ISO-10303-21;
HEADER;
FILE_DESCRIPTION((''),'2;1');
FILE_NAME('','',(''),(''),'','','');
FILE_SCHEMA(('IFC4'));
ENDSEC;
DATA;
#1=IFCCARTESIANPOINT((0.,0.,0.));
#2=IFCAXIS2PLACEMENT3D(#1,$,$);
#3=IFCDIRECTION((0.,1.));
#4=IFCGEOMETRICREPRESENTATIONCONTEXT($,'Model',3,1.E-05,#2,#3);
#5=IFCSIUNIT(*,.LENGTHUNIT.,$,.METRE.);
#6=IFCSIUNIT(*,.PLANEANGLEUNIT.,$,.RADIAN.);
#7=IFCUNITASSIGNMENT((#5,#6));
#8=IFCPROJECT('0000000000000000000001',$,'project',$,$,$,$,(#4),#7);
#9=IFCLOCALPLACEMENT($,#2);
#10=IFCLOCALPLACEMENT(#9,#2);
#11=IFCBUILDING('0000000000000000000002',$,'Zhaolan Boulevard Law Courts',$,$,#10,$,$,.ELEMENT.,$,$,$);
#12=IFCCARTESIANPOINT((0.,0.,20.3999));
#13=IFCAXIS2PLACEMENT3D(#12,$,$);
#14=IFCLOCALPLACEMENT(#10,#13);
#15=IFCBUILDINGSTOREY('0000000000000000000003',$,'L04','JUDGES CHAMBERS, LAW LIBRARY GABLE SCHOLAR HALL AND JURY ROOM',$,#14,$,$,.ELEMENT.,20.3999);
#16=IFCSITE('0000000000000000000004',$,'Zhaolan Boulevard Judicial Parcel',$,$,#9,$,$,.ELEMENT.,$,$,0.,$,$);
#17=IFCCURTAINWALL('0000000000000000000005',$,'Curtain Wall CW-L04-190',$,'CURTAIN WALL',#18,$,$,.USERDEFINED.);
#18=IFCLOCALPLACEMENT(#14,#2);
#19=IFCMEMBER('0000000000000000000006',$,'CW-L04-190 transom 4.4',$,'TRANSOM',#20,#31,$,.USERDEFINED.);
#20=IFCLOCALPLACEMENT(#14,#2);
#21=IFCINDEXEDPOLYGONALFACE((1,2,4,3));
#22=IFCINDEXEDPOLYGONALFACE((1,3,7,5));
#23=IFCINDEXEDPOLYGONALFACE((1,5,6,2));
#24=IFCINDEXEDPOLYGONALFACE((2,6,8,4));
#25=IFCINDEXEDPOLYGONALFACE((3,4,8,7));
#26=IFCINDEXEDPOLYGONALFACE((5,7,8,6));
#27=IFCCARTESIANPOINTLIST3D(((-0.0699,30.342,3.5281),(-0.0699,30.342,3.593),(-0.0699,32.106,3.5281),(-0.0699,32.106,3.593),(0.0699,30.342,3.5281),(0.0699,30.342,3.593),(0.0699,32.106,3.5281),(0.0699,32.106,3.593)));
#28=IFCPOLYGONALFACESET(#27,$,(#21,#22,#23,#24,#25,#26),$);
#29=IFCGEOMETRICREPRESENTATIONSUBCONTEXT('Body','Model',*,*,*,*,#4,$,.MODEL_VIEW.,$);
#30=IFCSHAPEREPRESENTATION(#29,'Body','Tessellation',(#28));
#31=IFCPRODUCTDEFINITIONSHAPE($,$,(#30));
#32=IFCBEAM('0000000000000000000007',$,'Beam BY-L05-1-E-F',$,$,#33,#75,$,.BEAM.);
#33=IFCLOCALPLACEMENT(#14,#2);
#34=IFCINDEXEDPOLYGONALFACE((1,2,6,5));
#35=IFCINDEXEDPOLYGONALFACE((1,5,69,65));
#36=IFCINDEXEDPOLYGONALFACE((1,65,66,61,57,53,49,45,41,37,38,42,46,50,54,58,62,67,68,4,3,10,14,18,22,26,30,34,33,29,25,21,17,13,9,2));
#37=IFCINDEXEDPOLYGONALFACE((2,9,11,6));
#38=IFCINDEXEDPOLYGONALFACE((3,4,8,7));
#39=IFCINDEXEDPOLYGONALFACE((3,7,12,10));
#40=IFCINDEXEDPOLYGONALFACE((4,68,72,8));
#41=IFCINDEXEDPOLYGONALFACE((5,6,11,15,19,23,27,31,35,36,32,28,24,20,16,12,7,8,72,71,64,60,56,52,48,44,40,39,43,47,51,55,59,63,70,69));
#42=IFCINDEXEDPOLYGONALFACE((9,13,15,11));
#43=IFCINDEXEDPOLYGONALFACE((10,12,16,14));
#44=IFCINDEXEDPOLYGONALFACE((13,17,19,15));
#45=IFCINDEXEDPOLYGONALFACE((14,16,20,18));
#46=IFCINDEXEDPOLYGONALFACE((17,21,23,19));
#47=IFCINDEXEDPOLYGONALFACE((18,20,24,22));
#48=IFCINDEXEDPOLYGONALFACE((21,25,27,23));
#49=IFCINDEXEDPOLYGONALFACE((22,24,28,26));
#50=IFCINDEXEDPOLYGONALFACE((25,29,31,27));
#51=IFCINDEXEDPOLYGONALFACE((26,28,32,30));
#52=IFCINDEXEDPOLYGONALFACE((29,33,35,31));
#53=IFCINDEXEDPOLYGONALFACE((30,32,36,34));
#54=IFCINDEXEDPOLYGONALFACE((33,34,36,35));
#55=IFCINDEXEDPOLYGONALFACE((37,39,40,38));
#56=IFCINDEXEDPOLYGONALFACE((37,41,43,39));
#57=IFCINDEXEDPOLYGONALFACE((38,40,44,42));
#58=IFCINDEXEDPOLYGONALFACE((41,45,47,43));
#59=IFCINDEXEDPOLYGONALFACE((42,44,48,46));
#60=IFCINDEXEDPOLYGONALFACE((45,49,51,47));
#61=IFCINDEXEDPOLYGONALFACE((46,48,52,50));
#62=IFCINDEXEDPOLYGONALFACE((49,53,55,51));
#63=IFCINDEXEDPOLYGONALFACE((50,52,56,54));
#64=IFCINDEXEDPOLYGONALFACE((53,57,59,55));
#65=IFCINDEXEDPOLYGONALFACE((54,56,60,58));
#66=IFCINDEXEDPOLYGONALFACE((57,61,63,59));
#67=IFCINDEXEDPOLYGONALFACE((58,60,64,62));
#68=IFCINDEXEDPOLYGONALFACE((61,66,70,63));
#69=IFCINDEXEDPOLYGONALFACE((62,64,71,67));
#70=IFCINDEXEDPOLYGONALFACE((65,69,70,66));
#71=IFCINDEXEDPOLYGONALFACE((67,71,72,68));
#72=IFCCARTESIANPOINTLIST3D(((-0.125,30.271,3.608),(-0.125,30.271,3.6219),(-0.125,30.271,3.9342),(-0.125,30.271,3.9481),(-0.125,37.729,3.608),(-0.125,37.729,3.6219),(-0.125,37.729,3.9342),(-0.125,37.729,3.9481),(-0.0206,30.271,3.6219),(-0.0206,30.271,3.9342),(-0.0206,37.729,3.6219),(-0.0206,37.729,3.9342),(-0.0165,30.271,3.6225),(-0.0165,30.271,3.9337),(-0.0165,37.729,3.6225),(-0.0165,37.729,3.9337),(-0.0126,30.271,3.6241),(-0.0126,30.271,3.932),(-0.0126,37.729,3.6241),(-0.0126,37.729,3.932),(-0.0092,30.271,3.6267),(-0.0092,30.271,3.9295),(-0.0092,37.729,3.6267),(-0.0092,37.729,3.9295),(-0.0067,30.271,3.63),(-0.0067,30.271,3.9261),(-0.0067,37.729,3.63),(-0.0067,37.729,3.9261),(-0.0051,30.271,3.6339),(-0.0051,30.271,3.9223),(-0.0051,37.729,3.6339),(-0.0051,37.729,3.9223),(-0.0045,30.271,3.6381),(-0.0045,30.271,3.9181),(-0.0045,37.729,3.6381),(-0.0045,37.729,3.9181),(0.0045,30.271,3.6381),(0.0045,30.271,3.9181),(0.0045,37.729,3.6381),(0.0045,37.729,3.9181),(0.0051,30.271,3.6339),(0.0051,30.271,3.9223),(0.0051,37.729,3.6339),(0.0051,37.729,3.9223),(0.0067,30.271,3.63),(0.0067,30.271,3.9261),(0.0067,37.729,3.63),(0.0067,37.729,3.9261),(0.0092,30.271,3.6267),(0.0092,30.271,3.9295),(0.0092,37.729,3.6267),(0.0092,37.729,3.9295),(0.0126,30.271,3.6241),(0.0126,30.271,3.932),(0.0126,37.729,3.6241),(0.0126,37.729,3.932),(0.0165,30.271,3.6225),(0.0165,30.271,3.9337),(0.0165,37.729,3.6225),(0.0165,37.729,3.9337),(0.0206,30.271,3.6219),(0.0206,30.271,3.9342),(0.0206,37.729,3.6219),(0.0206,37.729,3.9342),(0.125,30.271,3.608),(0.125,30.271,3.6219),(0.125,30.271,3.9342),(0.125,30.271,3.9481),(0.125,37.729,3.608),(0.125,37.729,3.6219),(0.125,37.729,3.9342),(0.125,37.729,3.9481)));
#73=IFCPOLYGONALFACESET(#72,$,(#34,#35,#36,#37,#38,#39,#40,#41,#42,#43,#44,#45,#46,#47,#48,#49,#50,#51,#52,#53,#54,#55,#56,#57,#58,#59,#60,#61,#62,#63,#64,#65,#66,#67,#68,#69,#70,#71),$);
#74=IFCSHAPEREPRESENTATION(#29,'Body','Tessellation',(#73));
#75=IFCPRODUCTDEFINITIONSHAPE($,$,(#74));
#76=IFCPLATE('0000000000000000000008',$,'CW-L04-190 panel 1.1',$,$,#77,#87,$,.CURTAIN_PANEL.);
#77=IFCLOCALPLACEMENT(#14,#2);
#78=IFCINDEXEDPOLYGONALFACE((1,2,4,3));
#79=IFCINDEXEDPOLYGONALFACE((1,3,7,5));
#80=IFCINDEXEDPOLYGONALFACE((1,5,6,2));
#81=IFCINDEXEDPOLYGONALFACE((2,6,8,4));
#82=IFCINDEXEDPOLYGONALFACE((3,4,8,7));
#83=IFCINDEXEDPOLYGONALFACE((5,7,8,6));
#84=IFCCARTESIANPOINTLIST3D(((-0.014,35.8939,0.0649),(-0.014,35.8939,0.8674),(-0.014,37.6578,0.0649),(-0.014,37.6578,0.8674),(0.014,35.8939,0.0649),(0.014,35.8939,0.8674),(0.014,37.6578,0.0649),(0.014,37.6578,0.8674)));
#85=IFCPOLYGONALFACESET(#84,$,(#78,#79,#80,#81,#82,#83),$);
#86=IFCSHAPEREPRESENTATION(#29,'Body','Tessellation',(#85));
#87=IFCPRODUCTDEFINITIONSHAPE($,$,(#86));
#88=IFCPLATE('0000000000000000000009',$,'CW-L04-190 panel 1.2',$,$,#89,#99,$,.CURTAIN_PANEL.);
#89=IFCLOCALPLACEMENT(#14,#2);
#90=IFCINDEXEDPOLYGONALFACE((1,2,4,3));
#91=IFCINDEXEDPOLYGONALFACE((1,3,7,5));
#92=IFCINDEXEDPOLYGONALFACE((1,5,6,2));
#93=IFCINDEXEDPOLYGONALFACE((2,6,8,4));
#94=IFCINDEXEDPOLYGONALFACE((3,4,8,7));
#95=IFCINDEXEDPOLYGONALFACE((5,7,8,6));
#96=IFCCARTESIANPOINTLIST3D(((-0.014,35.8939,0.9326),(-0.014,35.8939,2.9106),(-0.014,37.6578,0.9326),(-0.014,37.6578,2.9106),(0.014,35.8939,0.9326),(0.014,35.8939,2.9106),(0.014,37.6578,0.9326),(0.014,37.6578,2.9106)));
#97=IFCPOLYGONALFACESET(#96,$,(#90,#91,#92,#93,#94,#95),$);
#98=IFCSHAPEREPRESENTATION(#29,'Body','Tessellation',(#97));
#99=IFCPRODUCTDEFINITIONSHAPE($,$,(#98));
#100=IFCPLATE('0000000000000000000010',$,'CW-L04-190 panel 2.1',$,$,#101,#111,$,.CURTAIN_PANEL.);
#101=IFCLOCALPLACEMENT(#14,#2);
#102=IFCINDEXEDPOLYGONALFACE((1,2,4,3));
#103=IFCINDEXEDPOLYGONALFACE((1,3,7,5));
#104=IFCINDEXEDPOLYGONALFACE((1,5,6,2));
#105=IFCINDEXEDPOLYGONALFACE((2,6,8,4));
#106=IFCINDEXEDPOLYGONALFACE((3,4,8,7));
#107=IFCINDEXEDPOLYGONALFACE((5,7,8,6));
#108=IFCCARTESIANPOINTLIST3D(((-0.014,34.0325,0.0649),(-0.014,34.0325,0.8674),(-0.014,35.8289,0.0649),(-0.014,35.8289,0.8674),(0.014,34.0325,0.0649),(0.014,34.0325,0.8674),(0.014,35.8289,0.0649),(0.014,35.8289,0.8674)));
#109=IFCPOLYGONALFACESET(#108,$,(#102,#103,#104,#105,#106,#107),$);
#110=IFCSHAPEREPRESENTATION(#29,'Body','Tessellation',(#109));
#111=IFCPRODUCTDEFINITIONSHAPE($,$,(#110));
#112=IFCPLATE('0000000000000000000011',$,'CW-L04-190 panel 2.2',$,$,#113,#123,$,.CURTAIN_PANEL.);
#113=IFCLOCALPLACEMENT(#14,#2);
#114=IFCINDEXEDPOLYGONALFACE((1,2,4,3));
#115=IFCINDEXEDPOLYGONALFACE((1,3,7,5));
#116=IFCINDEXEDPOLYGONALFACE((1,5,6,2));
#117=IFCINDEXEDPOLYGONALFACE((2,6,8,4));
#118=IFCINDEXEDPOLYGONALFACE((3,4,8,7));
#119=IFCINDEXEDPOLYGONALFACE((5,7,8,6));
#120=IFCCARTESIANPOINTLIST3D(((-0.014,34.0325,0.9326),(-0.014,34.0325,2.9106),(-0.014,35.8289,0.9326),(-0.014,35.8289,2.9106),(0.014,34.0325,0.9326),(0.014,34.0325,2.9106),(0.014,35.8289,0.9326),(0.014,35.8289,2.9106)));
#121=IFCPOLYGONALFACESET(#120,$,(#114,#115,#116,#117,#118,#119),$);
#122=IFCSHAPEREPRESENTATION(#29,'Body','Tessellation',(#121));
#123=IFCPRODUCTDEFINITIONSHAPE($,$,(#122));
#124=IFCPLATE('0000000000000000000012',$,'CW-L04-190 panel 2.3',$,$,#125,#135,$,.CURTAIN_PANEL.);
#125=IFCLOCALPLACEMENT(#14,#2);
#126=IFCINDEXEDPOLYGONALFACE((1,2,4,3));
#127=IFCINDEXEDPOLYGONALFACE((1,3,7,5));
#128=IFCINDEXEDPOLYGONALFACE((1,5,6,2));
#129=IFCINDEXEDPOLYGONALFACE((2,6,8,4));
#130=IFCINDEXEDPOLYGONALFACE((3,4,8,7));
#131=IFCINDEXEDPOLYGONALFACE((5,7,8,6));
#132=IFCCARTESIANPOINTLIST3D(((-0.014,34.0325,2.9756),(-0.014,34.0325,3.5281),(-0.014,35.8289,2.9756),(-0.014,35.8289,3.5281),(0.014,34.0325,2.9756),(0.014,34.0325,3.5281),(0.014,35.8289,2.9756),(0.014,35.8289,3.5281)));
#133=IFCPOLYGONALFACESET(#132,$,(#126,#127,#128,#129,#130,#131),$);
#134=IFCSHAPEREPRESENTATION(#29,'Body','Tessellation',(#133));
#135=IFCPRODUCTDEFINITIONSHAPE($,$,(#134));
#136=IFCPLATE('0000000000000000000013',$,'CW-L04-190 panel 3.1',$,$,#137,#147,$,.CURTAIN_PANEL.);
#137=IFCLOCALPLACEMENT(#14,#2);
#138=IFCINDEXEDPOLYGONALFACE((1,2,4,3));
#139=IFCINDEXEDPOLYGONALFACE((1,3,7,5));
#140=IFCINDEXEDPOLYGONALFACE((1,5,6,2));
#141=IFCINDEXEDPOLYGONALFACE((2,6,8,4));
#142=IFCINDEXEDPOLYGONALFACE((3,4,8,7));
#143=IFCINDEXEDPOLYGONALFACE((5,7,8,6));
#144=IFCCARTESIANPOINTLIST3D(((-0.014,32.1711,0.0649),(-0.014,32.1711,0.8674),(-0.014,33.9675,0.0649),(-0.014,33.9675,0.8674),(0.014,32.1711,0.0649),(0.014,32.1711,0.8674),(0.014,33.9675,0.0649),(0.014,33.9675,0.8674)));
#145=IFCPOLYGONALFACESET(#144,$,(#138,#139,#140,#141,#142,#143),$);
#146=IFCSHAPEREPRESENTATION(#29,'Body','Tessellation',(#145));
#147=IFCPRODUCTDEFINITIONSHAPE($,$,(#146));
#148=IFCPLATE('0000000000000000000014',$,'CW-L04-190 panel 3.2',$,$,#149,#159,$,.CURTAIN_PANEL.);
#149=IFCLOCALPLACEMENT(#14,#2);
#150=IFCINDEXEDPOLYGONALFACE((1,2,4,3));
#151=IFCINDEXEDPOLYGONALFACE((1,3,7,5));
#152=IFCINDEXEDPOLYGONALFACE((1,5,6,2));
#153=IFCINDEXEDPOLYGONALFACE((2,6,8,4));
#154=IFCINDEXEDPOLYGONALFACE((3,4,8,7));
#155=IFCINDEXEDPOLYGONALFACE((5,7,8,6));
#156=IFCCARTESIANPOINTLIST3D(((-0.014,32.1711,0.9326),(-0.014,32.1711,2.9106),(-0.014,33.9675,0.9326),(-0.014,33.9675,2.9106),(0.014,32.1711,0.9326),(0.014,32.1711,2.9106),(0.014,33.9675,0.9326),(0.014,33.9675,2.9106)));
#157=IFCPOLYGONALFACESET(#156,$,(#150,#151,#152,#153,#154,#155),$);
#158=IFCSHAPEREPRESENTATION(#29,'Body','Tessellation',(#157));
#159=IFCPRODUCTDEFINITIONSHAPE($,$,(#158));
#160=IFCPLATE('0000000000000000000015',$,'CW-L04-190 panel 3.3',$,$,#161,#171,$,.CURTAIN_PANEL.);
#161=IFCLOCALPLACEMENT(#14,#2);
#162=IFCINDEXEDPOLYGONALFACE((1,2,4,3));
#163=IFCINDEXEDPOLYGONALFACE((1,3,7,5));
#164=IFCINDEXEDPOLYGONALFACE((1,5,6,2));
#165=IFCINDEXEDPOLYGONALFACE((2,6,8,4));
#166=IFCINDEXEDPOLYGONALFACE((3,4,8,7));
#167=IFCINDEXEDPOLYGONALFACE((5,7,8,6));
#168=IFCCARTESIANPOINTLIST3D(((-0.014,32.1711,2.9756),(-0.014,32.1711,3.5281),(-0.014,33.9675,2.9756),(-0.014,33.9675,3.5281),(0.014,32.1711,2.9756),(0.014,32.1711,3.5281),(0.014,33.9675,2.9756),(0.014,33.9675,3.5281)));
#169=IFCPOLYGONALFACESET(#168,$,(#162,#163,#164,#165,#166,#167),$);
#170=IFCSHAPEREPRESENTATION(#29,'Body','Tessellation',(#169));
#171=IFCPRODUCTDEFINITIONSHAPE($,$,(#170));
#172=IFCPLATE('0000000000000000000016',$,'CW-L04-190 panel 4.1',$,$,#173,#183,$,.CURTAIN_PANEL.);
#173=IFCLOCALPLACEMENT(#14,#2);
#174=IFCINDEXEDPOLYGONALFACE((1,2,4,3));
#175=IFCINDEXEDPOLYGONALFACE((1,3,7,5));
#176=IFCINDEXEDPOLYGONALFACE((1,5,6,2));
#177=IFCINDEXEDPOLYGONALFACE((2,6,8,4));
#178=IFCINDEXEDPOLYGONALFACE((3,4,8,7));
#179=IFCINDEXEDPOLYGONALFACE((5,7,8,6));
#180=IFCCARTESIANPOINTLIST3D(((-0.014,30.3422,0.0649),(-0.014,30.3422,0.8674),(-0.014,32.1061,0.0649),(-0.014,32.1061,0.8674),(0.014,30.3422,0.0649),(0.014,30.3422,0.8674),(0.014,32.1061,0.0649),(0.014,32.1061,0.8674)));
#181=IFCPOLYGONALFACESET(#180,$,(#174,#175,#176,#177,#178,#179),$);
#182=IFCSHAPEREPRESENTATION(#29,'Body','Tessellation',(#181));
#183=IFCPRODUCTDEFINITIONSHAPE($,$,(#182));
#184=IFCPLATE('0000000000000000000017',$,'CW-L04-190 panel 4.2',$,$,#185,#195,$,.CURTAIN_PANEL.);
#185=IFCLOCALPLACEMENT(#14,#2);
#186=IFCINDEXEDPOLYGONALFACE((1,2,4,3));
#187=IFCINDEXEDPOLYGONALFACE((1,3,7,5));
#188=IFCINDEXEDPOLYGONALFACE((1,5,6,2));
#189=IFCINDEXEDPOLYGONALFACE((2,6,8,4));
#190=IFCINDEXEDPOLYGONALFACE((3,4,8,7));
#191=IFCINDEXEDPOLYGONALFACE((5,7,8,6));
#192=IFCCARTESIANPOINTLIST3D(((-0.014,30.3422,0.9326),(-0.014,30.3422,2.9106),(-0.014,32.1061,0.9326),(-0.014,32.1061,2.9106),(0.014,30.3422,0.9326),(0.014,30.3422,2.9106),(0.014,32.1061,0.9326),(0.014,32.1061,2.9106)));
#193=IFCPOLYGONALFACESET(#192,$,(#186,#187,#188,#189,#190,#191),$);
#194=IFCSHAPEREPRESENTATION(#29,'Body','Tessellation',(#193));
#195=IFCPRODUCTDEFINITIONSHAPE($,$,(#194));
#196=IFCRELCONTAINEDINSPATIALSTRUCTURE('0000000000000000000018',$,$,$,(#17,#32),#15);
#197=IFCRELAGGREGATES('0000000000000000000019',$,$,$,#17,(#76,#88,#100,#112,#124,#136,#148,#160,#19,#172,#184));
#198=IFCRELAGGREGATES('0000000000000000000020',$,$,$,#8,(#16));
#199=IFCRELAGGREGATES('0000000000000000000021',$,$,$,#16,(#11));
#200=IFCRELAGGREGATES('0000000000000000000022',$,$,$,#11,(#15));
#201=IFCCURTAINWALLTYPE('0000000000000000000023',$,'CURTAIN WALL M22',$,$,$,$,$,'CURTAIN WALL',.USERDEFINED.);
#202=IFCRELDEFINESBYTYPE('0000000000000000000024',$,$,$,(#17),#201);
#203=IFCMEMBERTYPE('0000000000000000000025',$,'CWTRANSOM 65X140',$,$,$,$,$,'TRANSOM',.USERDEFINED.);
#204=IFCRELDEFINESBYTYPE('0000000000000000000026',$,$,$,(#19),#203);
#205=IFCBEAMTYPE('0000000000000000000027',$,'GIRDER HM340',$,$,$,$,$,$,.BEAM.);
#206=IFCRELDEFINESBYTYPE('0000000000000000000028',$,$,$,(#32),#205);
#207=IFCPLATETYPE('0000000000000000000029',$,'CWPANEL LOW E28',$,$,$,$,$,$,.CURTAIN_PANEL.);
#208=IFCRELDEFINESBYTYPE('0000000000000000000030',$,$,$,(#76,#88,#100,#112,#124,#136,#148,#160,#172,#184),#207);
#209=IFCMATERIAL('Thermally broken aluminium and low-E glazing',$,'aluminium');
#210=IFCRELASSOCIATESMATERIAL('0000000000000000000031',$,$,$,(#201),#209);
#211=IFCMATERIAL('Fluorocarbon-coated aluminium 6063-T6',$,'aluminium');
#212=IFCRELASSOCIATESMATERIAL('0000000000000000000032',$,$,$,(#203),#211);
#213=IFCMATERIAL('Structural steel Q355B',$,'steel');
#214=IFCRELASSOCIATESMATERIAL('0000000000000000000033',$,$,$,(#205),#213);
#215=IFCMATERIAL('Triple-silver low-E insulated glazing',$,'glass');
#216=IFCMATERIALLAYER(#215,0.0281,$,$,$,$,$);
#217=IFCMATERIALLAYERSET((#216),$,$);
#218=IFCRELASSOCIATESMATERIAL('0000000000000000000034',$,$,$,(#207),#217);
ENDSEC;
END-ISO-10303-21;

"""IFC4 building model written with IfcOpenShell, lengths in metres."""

from ifc_helpers import new_model, si_unit, direction, frame, origin, origin_2d, place, context, subcontext, project, spatial, rectangle, i_section, extrude, material, layer, layer_set, material_profile, profile_set, type_object, element, aggregate, save


model = new_model("IFC4")

# Units and contexts
model_context = context("Model", 3, precision=1e-05, world=origin(), true_north=direction((0.0, 1.0)))
body_context = subcontext(model_context, "Body", "Model", "MODEL_VIEW")
ifc_project = project(units=[si_unit("LENGTHUNIT", "METRE"), si_unit("PLANEANGLEUNIT", "RADIAN")], contexts=[model_context])

# Site, building, storey
site_placement = place(None, origin())
site = spatial("IfcSite", under=ifc_project, at=site_placement, Name="Zhaolan Boulevard Judicial Parcel", CompositionType="ELEMENT", RefElevation=0.0)
building_placement = place(site_placement, origin())
building = spatial("IfcBuilding", under=site, at=building_placement, Name="Zhaolan Boulevard Law Courts", CompositionType="ELEMENT")
storey_placement = place(building_placement, frame((0.0, 0.0, 20.3999)))
storey = spatial("IfcBuildingStorey", under=building, at=storey_placement, Name="L04", Description="JUDGES CHAMBERS, LAW LIBRARY GABLE SCHOLAR HALL AND JURY ROOM", CompositionType="ELEMENT", Elevation=20.3999)

# Curtain wall, member
ifc_material_1 = material(Name="Thermally broken aluminium and low-E glazing", Category="aluminium")
curtain_wall_type = type_object("IfcCurtainWallType", Name="CURTAIN WALL M22", ElementType="CURTAIN WALL", PredefinedType="USERDEFINED", material=ifc_material_1)
curtain_wall_placement = place(storey_placement, origin())
curtain_wall = element("IfcCurtainWall", 1, at=curtain_wall_placement, inside=storey, type_object=curtain_wall_type, Name="Curtain Wall CW-L04-190", ObjectType="CURTAIN WALL", PredefinedType="USERDEFINED")
ifc_material_2 = material(Name="Fluorocarbon-coated aluminium 6063-T6", Category="aluminium")
ifc_material_profile_1 = material_profile(ifc_material_2, rectangle(XDim=0.1399, YDim=0.0649, at=origin_2d()), Name="AL65x140")
ifc_profile_set_1 = profile_set([ifc_material_profile_1], Name="Fluorocarbon-coated aluminium 6063-T6")
member_type_1 = type_object("IfcMemberType", Name="CWTRANSOM 65X140", ElementType="TRANSOM", PredefinedType="USERDEFINED", material=ifc_profile_set_1)
member_1_placement = place(storey_placement, frame((0.0, 32.106, 3.5605), z_axis=(0.0, -1.0, 0.0), x_axis=(1.0, 0.0, 0.0)))
member_1 = element("IfcMember", 2, at=member_1_placement, type_object=member_type_1, Name="CW-L04-190 transom 4.4", ObjectType="TRANSOM", PredefinedType="USERDEFINED", context=body_context, shape_type="SweptSolid", body=[
    extrude(rectangle(XDim=0.1399, YDim=0.0649, at=origin_2d()), origin(), (0.0, 0.0, 1.0), 1.7639),
])

# Beam
ifc_material_3 = material(Name="Structural steel Q355B", Category="steel")
ifc_material_profile_2 = material_profile(ifc_material_3, i_section(OverallWidth=0.25, OverallDepth=0.3401, WebThickness=0.009, FlangeThickness=0.0139, FilletRadius=0.0161, at=origin_2d()), Name="HM340x250")
ifc_profile_set_2 = profile_set([ifc_material_profile_2], Name="Structural steel Q355B")
beam_type = type_object("IfcBeamType", Name="GIRDER HM340", PredefinedType="BEAM", material=ifc_profile_set_2)
beam_placement = place(storey_placement, frame((0.0, 30.271, 3.7781), z_axis=(0.0, 1.0, 0.0), x_axis=(-1.0, 0.0, 0.0)))
element("IfcBeam", 3, at=beam_placement, inside=storey, type_object=beam_type, Name="Beam BY-L05-1-E-F", PredefinedType="BEAM", context=body_context, shape_type="SweptSolid", body=[
    extrude(i_section(OverallWidth=0.25, OverallDepth=0.3401, WebThickness=0.009, FlangeThickness=0.0139, FilletRadius=0.0161, at=origin_2d()), origin(), (0.0, 0.0, 1.0), 7.458),
])

# Plates
ifc_material_4 = material(Name="Triple-silver low-E insulated glazing", Category="glass")
ifc_layer_1 = layer(ifc_material_4, 0.0281)
ifc_layer_set_1 = layer_set([ifc_layer_1])
plate_type = type_object("IfcPlateType", Name="CWPANEL LOW E28", PredefinedType="CURTAIN_PANEL", material=ifc_layer_set_1)
plate_1_placement = place(storey_placement, frame((0.0, 36.7759, 0.0649), z_axis=(0.0, 0.0, 1.0), x_axis=(0.0, -1.0, 0.0)))
plate_1 = element("IfcPlate", 4, at=plate_1_placement, type_object=plate_type, Name="CW-L04-190 panel 1.1", PredefinedType="CURTAIN_PANEL", context=body_context, shape_type="SweptSolid", body=[
    extrude(rectangle(XDim=1.7639, YDim=0.0281, at=origin_2d()), origin(), (0.0, 0.0, 1.0), 0.8025),
])
plate_2_placement = place(storey_placement, frame((0.0, 36.7759, 0.9326), z_axis=(0.0, 0.0, 1.0), x_axis=(0.0, -1.0, 0.0)))
plate_2 = element("IfcPlate", 5, at=plate_2_placement, type_object=plate_type, Name="CW-L04-190 panel 1.2", PredefinedType="CURTAIN_PANEL", context=body_context, shape_type="SweptSolid", body=[
    extrude(rectangle(XDim=1.7639, YDim=0.0281, at=origin_2d()), origin(), (0.0, 0.0, 1.0), 1.978),
])
plate_3_placement = place(storey_placement, frame((0.0, 34.9307, 0.0649), z_axis=(0.0, 0.0, 1.0), x_axis=(0.0, -1.0, 0.0)))
plate_3 = element("IfcPlate", 6, at=plate_3_placement, type_object=plate_type, Name="CW-L04-190 panel 2.1", PredefinedType="CURTAIN_PANEL", context=body_context, shape_type="SweptSolid", body=[
    extrude(rectangle(XDim=1.7964, YDim=0.0281, at=origin_2d()), origin(), (0.0, 0.0, 1.0), 0.8025),
])
plate_4_placement = place(storey_placement, frame((0.0, 34.9307, 0.9326), z_axis=(0.0, 0.0, 1.0), x_axis=(0.0, -1.0, 0.0)))
plate_4 = element("IfcPlate", 7, at=plate_4_placement, type_object=plate_type, Name="CW-L04-190 panel 2.2", PredefinedType="CURTAIN_PANEL", context=body_context, shape_type="SweptSolid", body=[
    extrude(rectangle(XDim=1.7964, YDim=0.0281, at=origin_2d()), origin(), (0.0, 0.0, 1.0), 1.978),
])
plate_5_placement = place(storey_placement, frame((0.0, 34.9307, 2.9756), z_axis=(0.0, 0.0, 1.0), x_axis=(0.0, -1.0, 0.0)))
plate_5 = element("IfcPlate", 8, at=plate_5_placement, type_object=plate_type, Name="CW-L04-190 panel 2.3", PredefinedType="CURTAIN_PANEL", context=body_context, shape_type="SweptSolid", body=[
    extrude(rectangle(XDim=1.7964, YDim=0.0281, at=origin_2d()), origin(), (0.0, 0.0, 1.0), 0.5525),
])
plate_6_placement = place(storey_placement, frame((0.0, 33.0693, 0.0649), z_axis=(0.0, 0.0, 1.0), x_axis=(0.0, -1.0, 0.0)))
plate_6 = element("IfcPlate", 9, at=plate_6_placement, type_object=plate_type, Name="CW-L04-190 panel 3.1", PredefinedType="CURTAIN_PANEL", context=body_context, shape_type="SweptSolid", body=[
    extrude(rectangle(XDim=1.7964, YDim=0.0281, at=origin_2d()), origin(), (0.0, 0.0, 1.0), 0.8025),
])
plate_7_placement = place(storey_placement, frame((0.0, 33.0693, 0.9326), z_axis=(0.0, 0.0, 1.0), x_axis=(0.0, -1.0, 0.0)))
plate_7 = element("IfcPlate", 10, at=plate_7_placement, type_object=plate_type, Name="CW-L04-190 panel 3.2", PredefinedType="CURTAIN_PANEL", context=body_context, shape_type="SweptSolid", body=[
    extrude(rectangle(XDim=1.7964, YDim=0.0281, at=origin_2d()), origin(), (0.0, 0.0, 1.0), 1.978),
])
plate_8_placement = place(storey_placement, frame((0.0, 33.0693, 2.9756), z_axis=(0.0, 0.0, 1.0), x_axis=(0.0, -1.0, 0.0)))
plate_8 = element("IfcPlate", 11, at=plate_8_placement, type_object=plate_type, Name="CW-L04-190 panel 3.3", PredefinedType="CURTAIN_PANEL", context=body_context, shape_type="SweptSolid", body=[
    extrude(rectangle(XDim=1.7964, YDim=0.0281, at=origin_2d()), origin(), (0.0, 0.0, 1.0), 0.5525),
])
plate_9_placement = place(storey_placement, frame((0.0, 31.2241, 0.0649), z_axis=(0.0, 0.0, 1.0), x_axis=(0.0, -1.0, 0.0)))
plate_9 = element("IfcPlate", 12, at=plate_9_placement, type_object=plate_type, Name="CW-L04-190 panel 4.1", PredefinedType="CURTAIN_PANEL", context=body_context, shape_type="SweptSolid", body=[
    extrude(rectangle(XDim=1.7639, YDim=0.0281, at=origin_2d()), origin(), (0.0, 0.0, 1.0), 0.8025),
])
plate_10_placement = place(storey_placement, frame((0.0, 31.2241, 0.9326), z_axis=(0.0, 0.0, 1.0), x_axis=(0.0, -1.0, 0.0)))
plate_10 = element("IfcPlate", 13, at=plate_10_placement, type_object=plate_type, Name="CW-L04-190 panel 4.2", PredefinedType="CURTAIN_PANEL", context=body_context, shape_type="SweptSolid", body=[
    extrude(rectangle(XDim=1.7639, YDim=0.0281, at=origin_2d()), origin(), (0.0, 0.0, 1.0), 1.978),
])
aggregate(curtain_wall, [plate_1, plate_2, plate_3, plate_4, plate_5, plate_6, plate_7, plate_8, member_1, plate_9, plate_10])

save(model, "model.ifc")
